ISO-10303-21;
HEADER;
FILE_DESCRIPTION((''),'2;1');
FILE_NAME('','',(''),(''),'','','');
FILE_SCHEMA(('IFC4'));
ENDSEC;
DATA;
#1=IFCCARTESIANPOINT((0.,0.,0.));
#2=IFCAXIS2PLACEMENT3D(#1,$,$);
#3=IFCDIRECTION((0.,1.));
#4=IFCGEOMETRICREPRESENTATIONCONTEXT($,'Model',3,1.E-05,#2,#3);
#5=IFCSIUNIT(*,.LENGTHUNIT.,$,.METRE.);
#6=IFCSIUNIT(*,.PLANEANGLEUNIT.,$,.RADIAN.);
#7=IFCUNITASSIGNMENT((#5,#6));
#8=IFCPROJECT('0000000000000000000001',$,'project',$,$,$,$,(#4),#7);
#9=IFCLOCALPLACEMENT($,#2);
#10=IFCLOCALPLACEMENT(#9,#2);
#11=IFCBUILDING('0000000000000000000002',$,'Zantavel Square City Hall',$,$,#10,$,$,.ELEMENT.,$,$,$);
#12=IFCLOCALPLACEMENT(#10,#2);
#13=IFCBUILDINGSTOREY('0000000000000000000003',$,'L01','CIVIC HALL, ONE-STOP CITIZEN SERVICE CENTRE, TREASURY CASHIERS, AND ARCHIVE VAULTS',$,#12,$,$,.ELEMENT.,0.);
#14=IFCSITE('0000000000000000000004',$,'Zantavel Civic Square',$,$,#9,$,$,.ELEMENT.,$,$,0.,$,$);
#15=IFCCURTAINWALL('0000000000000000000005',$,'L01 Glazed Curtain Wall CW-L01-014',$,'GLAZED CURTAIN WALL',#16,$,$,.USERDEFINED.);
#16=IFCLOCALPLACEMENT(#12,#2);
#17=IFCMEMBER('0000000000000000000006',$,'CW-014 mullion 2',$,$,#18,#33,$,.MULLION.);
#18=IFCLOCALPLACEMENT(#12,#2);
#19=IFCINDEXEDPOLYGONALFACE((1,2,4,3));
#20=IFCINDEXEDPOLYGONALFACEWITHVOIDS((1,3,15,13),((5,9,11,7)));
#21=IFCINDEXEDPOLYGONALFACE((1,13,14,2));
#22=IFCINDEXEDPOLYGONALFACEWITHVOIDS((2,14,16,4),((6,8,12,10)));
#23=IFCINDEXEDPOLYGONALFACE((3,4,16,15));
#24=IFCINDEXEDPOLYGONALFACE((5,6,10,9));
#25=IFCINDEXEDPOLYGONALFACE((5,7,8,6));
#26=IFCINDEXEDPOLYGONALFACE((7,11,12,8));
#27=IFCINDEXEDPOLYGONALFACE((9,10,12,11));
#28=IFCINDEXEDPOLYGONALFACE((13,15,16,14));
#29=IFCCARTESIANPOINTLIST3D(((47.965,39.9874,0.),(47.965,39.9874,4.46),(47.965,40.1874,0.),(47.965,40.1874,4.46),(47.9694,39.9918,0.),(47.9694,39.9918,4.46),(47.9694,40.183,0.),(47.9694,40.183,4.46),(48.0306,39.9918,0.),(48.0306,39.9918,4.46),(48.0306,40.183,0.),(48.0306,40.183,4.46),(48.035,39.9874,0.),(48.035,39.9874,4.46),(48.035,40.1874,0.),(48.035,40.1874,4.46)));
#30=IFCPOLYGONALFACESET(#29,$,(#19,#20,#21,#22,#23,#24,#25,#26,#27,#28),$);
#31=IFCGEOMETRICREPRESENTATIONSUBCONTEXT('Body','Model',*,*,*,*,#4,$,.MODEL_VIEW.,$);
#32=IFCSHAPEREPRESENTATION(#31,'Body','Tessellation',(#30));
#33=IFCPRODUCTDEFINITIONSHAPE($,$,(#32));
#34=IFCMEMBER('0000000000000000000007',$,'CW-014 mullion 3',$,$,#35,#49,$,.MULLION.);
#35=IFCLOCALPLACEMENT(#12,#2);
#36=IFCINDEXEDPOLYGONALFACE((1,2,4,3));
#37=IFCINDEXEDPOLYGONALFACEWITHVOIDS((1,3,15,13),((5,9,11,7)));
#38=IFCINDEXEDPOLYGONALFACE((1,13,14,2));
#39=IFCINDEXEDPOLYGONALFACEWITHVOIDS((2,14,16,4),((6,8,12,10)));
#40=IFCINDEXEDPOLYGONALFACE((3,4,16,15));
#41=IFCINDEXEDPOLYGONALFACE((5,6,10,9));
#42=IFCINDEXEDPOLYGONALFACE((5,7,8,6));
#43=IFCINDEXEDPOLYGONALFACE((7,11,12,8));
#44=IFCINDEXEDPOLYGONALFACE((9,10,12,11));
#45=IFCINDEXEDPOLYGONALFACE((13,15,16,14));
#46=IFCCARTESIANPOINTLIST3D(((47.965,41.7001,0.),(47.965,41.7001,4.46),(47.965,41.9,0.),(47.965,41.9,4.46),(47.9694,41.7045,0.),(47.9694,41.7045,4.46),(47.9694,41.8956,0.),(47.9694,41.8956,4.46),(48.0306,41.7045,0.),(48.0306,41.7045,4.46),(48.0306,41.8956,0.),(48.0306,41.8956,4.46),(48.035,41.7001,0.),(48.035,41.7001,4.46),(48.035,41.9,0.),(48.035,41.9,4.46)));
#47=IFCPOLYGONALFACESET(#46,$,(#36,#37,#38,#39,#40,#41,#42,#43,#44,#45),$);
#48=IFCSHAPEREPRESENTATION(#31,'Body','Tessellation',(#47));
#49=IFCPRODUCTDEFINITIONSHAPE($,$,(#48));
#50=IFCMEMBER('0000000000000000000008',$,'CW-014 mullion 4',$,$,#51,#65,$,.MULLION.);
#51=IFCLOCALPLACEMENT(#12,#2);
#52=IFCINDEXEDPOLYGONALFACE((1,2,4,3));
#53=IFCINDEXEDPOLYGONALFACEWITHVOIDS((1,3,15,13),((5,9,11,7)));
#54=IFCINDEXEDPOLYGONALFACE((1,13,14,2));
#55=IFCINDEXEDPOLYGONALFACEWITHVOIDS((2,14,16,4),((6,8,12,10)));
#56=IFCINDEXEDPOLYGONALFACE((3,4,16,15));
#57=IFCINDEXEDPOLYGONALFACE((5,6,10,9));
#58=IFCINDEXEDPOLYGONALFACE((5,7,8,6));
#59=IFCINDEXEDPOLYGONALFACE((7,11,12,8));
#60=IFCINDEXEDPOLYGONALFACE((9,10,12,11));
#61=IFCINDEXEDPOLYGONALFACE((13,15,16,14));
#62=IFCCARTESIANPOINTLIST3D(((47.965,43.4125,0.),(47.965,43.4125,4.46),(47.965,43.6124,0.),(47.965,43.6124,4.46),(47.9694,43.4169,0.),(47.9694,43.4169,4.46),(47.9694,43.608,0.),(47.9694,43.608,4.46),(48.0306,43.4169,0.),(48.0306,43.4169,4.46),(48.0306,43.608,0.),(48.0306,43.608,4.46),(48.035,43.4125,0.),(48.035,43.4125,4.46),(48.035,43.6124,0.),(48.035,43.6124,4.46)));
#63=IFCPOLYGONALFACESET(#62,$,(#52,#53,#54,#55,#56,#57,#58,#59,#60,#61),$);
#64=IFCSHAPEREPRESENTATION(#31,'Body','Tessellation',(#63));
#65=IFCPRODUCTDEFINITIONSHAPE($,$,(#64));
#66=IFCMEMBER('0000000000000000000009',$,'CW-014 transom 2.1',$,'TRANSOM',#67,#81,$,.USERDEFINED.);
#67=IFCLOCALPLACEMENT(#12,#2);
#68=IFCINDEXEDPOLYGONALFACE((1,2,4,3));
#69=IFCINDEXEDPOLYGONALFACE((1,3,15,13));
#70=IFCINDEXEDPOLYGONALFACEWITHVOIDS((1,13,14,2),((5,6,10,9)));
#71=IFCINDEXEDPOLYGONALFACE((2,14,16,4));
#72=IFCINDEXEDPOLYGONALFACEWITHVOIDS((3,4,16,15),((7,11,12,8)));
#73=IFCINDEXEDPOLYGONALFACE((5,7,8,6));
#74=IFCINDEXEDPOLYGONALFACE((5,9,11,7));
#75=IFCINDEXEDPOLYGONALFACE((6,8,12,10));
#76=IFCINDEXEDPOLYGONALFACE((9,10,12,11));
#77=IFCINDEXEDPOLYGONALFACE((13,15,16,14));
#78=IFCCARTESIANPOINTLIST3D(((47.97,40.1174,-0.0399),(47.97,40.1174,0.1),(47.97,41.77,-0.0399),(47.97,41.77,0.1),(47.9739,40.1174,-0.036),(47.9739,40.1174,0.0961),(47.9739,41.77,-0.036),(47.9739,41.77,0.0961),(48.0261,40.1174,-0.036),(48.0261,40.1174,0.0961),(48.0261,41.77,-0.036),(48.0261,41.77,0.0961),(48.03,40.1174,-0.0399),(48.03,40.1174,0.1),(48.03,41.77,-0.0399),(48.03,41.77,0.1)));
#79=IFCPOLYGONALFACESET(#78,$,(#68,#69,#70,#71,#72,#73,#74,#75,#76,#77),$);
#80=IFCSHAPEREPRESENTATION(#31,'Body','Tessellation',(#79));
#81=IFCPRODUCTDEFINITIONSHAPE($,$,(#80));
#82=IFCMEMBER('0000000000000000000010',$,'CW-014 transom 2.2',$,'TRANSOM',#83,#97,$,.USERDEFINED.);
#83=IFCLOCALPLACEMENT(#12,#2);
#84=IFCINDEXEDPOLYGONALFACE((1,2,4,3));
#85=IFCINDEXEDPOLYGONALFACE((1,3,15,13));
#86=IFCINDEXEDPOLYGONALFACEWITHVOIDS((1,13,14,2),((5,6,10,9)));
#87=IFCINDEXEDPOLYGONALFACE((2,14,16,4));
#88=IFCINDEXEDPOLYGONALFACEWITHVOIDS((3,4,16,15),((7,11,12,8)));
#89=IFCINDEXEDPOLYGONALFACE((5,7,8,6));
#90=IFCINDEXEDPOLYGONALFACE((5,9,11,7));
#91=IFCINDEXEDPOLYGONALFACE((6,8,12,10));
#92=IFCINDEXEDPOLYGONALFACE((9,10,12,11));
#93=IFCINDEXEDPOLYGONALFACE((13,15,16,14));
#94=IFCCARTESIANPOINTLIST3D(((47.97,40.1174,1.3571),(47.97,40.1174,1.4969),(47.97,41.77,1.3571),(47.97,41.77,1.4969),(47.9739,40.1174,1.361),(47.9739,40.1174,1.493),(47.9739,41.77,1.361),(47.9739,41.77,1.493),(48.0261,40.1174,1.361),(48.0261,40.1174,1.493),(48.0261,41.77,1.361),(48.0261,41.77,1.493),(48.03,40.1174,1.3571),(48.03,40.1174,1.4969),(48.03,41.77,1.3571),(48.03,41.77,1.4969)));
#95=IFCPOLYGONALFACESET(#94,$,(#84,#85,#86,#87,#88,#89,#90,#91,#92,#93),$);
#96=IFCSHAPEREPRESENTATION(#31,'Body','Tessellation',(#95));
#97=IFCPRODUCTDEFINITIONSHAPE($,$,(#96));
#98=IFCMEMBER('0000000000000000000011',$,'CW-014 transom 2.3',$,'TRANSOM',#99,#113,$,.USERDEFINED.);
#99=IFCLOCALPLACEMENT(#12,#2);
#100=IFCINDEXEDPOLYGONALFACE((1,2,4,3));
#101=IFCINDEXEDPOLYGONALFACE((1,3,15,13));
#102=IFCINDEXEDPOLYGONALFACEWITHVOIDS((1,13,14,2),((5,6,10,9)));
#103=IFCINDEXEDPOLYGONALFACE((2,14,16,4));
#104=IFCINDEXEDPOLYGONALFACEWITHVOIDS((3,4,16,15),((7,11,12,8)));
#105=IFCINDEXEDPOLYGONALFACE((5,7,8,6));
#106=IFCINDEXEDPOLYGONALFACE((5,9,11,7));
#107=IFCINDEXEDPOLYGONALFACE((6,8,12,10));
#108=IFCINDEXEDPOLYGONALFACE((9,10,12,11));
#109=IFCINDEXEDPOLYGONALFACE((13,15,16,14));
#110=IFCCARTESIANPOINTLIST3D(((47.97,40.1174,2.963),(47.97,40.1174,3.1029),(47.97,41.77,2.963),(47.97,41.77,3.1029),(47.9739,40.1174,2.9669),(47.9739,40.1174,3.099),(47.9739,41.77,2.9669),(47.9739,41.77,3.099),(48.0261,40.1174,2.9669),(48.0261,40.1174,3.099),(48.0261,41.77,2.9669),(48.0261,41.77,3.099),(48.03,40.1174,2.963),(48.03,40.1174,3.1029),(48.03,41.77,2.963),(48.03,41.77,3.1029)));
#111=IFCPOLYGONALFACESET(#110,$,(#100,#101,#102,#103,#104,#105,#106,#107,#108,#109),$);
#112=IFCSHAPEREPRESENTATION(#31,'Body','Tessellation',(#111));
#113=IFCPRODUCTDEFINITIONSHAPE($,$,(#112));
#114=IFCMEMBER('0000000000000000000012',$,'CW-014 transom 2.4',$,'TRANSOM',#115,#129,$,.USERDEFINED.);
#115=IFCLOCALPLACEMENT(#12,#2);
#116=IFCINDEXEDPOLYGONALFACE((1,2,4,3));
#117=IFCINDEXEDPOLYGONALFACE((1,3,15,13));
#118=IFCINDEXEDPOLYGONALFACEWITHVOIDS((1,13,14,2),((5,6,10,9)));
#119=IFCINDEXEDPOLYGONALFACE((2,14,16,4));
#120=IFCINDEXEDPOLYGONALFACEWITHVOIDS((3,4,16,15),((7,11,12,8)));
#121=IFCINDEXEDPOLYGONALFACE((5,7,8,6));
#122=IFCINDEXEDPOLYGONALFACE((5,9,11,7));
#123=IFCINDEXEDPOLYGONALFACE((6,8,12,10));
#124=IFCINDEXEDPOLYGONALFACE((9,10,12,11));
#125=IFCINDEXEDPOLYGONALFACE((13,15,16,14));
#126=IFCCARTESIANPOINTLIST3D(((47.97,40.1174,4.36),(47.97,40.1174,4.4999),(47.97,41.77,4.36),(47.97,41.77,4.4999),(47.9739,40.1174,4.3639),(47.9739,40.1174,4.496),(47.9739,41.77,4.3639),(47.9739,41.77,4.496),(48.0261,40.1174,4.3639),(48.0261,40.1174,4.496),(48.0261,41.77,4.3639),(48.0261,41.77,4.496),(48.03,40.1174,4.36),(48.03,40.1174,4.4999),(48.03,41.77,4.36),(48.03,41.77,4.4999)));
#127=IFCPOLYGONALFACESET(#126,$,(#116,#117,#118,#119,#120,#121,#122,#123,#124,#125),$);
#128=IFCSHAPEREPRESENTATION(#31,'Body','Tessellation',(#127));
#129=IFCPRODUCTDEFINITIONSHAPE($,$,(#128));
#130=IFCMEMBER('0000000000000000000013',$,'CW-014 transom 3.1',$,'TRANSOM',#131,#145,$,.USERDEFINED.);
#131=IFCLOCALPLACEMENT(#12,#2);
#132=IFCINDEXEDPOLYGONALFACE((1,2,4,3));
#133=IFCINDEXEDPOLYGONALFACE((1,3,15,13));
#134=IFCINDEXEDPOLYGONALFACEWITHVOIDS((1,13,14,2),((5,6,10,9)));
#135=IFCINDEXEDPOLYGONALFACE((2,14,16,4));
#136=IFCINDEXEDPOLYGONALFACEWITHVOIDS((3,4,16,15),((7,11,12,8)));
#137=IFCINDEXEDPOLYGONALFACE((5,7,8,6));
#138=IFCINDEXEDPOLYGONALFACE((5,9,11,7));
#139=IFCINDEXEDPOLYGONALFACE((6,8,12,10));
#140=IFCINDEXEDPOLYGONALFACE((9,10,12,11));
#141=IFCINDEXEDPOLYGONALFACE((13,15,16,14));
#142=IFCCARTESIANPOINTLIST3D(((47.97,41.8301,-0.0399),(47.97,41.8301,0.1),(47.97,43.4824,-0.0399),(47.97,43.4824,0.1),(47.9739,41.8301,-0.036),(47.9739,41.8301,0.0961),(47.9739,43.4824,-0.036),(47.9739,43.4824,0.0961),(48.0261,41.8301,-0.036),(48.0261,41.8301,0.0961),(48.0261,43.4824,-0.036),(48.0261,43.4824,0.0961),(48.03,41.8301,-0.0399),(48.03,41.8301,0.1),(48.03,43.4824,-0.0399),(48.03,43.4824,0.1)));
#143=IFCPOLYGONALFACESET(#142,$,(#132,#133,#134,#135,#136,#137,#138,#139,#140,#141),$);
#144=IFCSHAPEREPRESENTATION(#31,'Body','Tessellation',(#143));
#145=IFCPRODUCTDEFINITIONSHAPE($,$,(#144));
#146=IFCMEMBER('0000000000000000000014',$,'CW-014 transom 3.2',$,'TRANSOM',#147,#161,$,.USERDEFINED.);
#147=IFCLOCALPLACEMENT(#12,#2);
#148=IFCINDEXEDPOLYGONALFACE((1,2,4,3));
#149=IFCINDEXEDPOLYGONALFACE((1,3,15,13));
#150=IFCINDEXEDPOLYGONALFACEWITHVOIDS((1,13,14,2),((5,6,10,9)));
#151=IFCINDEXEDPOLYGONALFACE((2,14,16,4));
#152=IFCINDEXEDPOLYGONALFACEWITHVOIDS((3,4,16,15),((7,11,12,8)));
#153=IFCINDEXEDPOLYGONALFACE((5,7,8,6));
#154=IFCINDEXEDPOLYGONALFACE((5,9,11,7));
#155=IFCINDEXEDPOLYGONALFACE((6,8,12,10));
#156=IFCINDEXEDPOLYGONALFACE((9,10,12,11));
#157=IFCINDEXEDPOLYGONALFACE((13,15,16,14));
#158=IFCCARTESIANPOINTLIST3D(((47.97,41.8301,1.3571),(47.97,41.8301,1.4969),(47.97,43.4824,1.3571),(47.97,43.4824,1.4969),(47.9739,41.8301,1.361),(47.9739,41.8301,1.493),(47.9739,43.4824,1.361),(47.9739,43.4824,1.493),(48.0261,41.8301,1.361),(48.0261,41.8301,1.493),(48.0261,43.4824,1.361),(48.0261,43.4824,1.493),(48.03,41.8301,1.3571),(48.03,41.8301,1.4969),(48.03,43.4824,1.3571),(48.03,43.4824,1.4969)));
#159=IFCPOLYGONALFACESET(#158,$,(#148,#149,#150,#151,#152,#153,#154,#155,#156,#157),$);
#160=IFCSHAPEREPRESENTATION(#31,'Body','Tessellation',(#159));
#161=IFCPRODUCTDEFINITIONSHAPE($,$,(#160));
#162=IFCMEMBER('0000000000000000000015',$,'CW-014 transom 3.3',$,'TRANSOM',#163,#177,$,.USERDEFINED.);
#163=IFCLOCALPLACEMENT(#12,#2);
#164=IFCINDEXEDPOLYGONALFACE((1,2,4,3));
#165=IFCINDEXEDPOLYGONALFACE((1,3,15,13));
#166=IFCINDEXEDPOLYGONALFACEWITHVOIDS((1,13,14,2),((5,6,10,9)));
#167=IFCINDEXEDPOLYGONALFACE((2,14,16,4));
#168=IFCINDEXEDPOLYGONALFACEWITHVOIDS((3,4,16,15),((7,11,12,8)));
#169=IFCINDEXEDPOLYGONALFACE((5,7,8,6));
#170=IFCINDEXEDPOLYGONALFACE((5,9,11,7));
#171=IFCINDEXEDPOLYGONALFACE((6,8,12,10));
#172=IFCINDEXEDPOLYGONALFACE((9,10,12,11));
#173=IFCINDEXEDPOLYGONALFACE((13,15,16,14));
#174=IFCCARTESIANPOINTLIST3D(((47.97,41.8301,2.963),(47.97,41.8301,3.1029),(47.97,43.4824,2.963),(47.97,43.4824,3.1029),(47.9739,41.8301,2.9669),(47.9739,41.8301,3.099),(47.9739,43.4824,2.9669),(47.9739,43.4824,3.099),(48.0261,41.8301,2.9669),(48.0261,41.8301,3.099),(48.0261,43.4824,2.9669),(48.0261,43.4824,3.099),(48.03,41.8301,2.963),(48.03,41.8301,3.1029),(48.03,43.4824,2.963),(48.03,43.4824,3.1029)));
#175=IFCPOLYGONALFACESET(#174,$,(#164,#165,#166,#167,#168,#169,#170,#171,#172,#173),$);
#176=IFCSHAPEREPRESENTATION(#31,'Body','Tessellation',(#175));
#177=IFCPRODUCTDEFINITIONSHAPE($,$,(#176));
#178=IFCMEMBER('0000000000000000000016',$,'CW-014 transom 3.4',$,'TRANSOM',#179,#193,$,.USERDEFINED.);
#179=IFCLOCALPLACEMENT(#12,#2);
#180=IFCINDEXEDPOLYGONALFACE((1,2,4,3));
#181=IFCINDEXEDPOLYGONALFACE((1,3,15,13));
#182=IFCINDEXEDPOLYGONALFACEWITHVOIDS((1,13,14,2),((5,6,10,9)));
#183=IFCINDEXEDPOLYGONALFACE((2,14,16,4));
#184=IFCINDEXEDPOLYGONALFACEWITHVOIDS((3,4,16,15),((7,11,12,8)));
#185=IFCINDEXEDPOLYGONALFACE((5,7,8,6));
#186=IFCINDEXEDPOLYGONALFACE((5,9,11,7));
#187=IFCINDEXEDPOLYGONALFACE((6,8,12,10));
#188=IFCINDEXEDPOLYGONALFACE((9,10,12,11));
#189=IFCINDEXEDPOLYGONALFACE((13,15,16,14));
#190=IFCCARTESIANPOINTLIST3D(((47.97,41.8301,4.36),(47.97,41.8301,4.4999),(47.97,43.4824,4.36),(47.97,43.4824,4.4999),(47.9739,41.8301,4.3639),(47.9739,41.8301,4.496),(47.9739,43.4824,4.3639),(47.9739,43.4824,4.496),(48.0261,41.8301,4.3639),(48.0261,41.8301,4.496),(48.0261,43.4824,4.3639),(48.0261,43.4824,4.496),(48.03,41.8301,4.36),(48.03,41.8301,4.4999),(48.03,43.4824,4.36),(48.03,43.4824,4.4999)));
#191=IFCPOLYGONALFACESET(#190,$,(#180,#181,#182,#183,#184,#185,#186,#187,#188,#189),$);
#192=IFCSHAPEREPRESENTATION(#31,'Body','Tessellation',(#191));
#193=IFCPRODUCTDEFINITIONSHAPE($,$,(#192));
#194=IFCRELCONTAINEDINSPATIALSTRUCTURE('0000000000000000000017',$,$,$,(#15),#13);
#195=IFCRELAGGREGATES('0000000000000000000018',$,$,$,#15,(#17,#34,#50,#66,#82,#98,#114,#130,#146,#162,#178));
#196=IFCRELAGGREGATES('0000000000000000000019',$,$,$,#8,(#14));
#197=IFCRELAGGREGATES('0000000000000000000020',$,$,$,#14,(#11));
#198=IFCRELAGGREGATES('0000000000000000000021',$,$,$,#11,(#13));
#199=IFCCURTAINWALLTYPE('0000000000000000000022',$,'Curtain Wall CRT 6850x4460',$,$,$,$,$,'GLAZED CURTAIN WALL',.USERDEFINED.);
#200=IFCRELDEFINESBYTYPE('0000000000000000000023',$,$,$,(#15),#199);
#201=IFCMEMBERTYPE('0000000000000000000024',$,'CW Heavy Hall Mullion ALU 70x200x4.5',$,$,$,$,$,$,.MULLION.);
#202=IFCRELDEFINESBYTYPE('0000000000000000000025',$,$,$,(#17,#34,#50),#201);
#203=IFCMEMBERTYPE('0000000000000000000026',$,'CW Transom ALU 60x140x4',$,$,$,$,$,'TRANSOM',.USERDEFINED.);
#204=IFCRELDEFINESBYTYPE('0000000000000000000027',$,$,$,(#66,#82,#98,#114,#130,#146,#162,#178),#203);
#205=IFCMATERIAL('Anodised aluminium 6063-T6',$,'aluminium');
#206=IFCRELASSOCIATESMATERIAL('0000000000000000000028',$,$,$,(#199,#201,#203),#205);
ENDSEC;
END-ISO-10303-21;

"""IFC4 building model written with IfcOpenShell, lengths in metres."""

from ifc_helpers import new_model, si_unit, direction, frame, origin, origin_2d, place, context, subcontext, project, spatial, hollow_rectangle, extrude, material, material_profile, profile_set, type_object, element, aggregate, save


model = new_model("IFC4")

# Units and contexts
model_context = context("Model", 3, precision=1e-05, world=origin(), true_north=direction((0.0, 1.0)))
body_context = subcontext(model_context, "Body", "Model", "MODEL_VIEW")
ifc_project = project(units=[si_unit("LENGTHUNIT", "METRE"), si_unit("PLANEANGLEUNIT", "RADIAN")], contexts=[model_context])

# Site, building, storey
site_placement = place(None, origin())
site = spatial("IfcSite", under=ifc_project, at=site_placement, Name="Zantavel Civic Square", CompositionType="ELEMENT", RefElevation=0.0)
building_placement = place(site_placement, origin())
building = spatial("IfcBuilding", under=site, at=building_placement, Name="Zantavel Square City Hall", CompositionType="ELEMENT")
storey_placement = place(building_placement, origin())
storey = spatial("IfcBuildingStorey", under=building, at=storey_placement, Name="L01", Description="CIVIC HALL, ONE-STOP CITIZEN SERVICE CENTRE, TREASURY CASHIERS, AND ARCHIVE VAULTS", CompositionType="ELEMENT", Elevation=0.0)

# Curtain wall, members
ifc_material_1 = material(Name="Anodised aluminium 6063-T6", Category="aluminium")
curtain_wall_type = type_object("IfcCurtainWallType", Name="Curtain Wall CRT 6850x4460", ElementType="GLAZED CURTAIN WALL", PredefinedType="USERDEFINED", material=ifc_material_1)
curtain_wall_placement = place(storey_placement, origin())
curtain_wall = element("IfcCurtainWall", 1, at=curtain_wall_placement, inside=storey, type_object=curtain_wall_type, Name="L01 Glazed Curtain Wall CW-L01-014", ObjectType="GLAZED CURTAIN WALL", PredefinedType="USERDEFINED")
ifc_material_profile_1 = material_profile(ifc_material_1, hollow_rectangle(XDim=0.0701, YDim=0.2, WallThickness=0.0044, at=origin_2d()), Name="ALU 70x200x4.5")
ifc_profile_set_1 = profile_set([ifc_material_profile_1], Name="Anodised aluminium 6063-T6")
member_type_1 = type_object("IfcMemberType", Name="CW Heavy Hall Mullion ALU 70x200x4.5", PredefinedType="MULLION", material=ifc_profile_set_1)
member_1_placement = place(storey_placement, frame((48.0, 40.0874, 0.0), z_axis=(0.0, 0.0, 1.0), x_axis=(-1.0, 0.0, 0.0)))
member_1 = element("IfcMember", 2, at=member_1_placement, type_object=member_type_1, Name="CW-014 mullion 2", PredefinedType="MULLION", context=body_context, shape_type="SweptSolid", body=[
    extrude(hollow_rectangle(XDim=0.0701, YDim=0.2, WallThickness=0.0044, at=origin_2d()), origin(), (0.0, 0.0, 1.0), 4.46),
])
member_2_placement = place(storey_placement, frame((48.0, 41.8, 0.0), z_axis=(0.0, 0.0, 1.0), x_axis=(-1.0, 0.0, 0.0)))
member_2 = element("IfcMember", 3, at=member_2_placement, type_object=member_type_1, Name="CW-014 mullion 3", PredefinedType="MULLION", context=body_context, shape_type="SweptSolid", body=[
    extrude(hollow_rectangle(XDim=0.0701, YDim=0.2, WallThickness=0.0044, at=origin_2d()), origin(), (0.0, 0.0, 1.0), 4.46),
])
member_3_placement = place(storey_placement, frame((48.0, 43.5125, 0.0), z_axis=(0.0, 0.0, 1.0), x_axis=(-1.0, 0.0, 0.0)))
member_3 = element("IfcMember", 4, at=member_3_placement, type_object=member_type_1, Name="CW-014 mullion 4", PredefinedType="MULLION", context=body_context, shape_type="SweptSolid", body=[
    extrude(hollow_rectangle(XDim=0.0701, YDim=0.2, WallThickness=0.0044, at=origin_2d()), origin(), (0.0, 0.0, 1.0), 4.46),
])
ifc_material_profile_2 = material_profile(ifc_material_1, hollow_rectangle(XDim=0.0601, YDim=0.1399, WallThickness=0.0039, at=origin_2d()), Name="ALU 60x140x4")
ifc_profile_set_2 = profile_set([ifc_material_profile_2], Name="Anodised aluminium 6063-T6")
member_type_2 = type_object("IfcMemberType", Name="CW Transom ALU 60x140x4", ElementType="TRANSOM", PredefinedType="USERDEFINED", material=ifc_profile_set_2)
member_4_placement = place(storey_placement, frame((48.0, 40.1174, 0.03), z_axis=(0.0, 1.0, 0.0), x_axis=(-1.0, 0.0, 0.0)))
member_4 = element("IfcMember", 5, at=member_4_placement, type_object=member_type_2, Name="CW-014 transom 2.1", ObjectType="TRANSOM", PredefinedType="USERDEFINED", context=body_context, shape_type="SweptSolid", body=[
    extrude(hollow_rectangle(XDim=0.0601, YDim=0.1399, WallThickness=0.0039, at=origin_2d()), origin(), (0.0, 0.0, 1.0), 1.6526),
])
member_5_placement = place(storey_placement, frame((48.0, 40.1174, 1.427), z_axis=(0.0, 1.0, 0.0), x_axis=(-1.0, 0.0, 0.0)))
member_5 = element("IfcMember", 6, at=member_5_placement, type_object=member_type_2, Name="CW-014 transom 2.2", ObjectType="TRANSOM", PredefinedType="USERDEFINED", context=body_context, shape_type="SweptSolid", body=[
    extrude(hollow_rectangle(XDim=0.0601, YDim=0.1399, WallThickness=0.0039, at=origin_2d()), origin(), (0.0, 0.0, 1.0), 1.6526),
])
member_6_placement = place(storey_placement, frame((48.0, 40.1174, 3.033), z_axis=(0.0, 1.0, 0.0), x_axis=(-1.0, 0.0, 0.0)))
member_6 = element("IfcMember", 7, at=member_6_placement, type_object=member_type_2, Name="CW-014 transom 2.3", ObjectType="TRANSOM", PredefinedType="USERDEFINED", context=body_context, shape_type="SweptSolid", body=[
    extrude(hollow_rectangle(XDim=0.0601, YDim=0.1399, WallThickness=0.0039, at=origin_2d()), origin(), (0.0, 0.0, 1.0), 1.6526),
])
member_7_placement = place(storey_placement, frame((48.0, 40.1174, 4.4299), z_axis=(0.0, 1.0, 0.0), x_axis=(-1.0, 0.0, 0.0)))
member_7 = element("IfcMember", 8, at=member_7_placement, type_object=member_type_2, Name="CW-014 transom 2.4", ObjectType="TRANSOM", PredefinedType="USERDEFINED", context=body_context, shape_type="SweptSolid", body=[
    extrude(hollow_rectangle(XDim=0.0601, YDim=0.1399, WallThickness=0.0039, at=origin_2d()), origin(), (0.0, 0.0, 1.0), 1.6526),
])
member_8_placement = place(storey_placement, frame((48.0, 41.8301, 0.03), z_axis=(0.0, 1.0, 0.0), x_axis=(-1.0, 0.0, 0.0)))
member_8 = element("IfcMember", 9, at=member_8_placement, type_object=member_type_2, Name="CW-014 transom 3.1", ObjectType="TRANSOM", PredefinedType="USERDEFINED", context=body_context, shape_type="SweptSolid", body=[
    extrude(hollow_rectangle(XDim=0.0601, YDim=0.1399, WallThickness=0.0039, at=origin_2d()), origin(), (0.0, 0.0, 1.0), 1.6523),
])
member_9_placement = place(storey_placement, frame((48.0, 41.8301, 1.427), z_axis=(0.0, 1.0, 0.0), x_axis=(-1.0, 0.0, 0.0)))
member_9 = element("IfcMember", 10, at=member_9_placement, type_object=member_type_2, Name="CW-014 transom 3.2", ObjectType="TRANSOM", PredefinedType="USERDEFINED", context=body_context, shape_type="SweptSolid", body=[
    extrude(hollow_rectangle(XDim=0.0601, YDim=0.1399, WallThickness=0.0039, at=origin_2d()), origin(), (0.0, 0.0, 1.0), 1.6523),
])
member_10_placement = place(storey_placement, frame((48.0, 41.8301, 3.033), z_axis=(0.0, 1.0, 0.0), x_axis=(-1.0, 0.0, 0.0)))
member_10 = element("IfcMember", 11, at=member_10_placement, type_object=member_type_2, Name="CW-014 transom 3.3", ObjectType="TRANSOM", PredefinedType="USERDEFINED", context=body_context, shape_type="SweptSolid", body=[
    extrude(hollow_rectangle(XDim=0.0601, YDim=0.1399, WallThickness=0.0039, at=origin_2d()), origin(), (0.0, 0.0, 1.0), 1.6523),
])
member_11_placement = place(storey_placement, frame((48.0, 41.8301, 4.4299), z_axis=(0.0, 1.0, 0.0), x_axis=(-1.0, 0.0, 0.0)))
member_11 = element("IfcMember", 12, at=member_11_placement, type_object=member_type_2, Name="CW-014 transom 3.4", ObjectType="TRANSOM", PredefinedType="USERDEFINED", context=body_context, shape_type="SweptSolid", body=[
    extrude(hollow_rectangle(XDim=0.0601, YDim=0.1399, WallThickness=0.0039, at=origin_2d()), origin(), (0.0, 0.0, 1.0), 1.6523),
])
aggregate(curtain_wall, [member_1, member_2, member_3, member_4, member_5, member_6, member_7, member_8, member_9, member_10, member_11])

save(model, "model.ifc")
